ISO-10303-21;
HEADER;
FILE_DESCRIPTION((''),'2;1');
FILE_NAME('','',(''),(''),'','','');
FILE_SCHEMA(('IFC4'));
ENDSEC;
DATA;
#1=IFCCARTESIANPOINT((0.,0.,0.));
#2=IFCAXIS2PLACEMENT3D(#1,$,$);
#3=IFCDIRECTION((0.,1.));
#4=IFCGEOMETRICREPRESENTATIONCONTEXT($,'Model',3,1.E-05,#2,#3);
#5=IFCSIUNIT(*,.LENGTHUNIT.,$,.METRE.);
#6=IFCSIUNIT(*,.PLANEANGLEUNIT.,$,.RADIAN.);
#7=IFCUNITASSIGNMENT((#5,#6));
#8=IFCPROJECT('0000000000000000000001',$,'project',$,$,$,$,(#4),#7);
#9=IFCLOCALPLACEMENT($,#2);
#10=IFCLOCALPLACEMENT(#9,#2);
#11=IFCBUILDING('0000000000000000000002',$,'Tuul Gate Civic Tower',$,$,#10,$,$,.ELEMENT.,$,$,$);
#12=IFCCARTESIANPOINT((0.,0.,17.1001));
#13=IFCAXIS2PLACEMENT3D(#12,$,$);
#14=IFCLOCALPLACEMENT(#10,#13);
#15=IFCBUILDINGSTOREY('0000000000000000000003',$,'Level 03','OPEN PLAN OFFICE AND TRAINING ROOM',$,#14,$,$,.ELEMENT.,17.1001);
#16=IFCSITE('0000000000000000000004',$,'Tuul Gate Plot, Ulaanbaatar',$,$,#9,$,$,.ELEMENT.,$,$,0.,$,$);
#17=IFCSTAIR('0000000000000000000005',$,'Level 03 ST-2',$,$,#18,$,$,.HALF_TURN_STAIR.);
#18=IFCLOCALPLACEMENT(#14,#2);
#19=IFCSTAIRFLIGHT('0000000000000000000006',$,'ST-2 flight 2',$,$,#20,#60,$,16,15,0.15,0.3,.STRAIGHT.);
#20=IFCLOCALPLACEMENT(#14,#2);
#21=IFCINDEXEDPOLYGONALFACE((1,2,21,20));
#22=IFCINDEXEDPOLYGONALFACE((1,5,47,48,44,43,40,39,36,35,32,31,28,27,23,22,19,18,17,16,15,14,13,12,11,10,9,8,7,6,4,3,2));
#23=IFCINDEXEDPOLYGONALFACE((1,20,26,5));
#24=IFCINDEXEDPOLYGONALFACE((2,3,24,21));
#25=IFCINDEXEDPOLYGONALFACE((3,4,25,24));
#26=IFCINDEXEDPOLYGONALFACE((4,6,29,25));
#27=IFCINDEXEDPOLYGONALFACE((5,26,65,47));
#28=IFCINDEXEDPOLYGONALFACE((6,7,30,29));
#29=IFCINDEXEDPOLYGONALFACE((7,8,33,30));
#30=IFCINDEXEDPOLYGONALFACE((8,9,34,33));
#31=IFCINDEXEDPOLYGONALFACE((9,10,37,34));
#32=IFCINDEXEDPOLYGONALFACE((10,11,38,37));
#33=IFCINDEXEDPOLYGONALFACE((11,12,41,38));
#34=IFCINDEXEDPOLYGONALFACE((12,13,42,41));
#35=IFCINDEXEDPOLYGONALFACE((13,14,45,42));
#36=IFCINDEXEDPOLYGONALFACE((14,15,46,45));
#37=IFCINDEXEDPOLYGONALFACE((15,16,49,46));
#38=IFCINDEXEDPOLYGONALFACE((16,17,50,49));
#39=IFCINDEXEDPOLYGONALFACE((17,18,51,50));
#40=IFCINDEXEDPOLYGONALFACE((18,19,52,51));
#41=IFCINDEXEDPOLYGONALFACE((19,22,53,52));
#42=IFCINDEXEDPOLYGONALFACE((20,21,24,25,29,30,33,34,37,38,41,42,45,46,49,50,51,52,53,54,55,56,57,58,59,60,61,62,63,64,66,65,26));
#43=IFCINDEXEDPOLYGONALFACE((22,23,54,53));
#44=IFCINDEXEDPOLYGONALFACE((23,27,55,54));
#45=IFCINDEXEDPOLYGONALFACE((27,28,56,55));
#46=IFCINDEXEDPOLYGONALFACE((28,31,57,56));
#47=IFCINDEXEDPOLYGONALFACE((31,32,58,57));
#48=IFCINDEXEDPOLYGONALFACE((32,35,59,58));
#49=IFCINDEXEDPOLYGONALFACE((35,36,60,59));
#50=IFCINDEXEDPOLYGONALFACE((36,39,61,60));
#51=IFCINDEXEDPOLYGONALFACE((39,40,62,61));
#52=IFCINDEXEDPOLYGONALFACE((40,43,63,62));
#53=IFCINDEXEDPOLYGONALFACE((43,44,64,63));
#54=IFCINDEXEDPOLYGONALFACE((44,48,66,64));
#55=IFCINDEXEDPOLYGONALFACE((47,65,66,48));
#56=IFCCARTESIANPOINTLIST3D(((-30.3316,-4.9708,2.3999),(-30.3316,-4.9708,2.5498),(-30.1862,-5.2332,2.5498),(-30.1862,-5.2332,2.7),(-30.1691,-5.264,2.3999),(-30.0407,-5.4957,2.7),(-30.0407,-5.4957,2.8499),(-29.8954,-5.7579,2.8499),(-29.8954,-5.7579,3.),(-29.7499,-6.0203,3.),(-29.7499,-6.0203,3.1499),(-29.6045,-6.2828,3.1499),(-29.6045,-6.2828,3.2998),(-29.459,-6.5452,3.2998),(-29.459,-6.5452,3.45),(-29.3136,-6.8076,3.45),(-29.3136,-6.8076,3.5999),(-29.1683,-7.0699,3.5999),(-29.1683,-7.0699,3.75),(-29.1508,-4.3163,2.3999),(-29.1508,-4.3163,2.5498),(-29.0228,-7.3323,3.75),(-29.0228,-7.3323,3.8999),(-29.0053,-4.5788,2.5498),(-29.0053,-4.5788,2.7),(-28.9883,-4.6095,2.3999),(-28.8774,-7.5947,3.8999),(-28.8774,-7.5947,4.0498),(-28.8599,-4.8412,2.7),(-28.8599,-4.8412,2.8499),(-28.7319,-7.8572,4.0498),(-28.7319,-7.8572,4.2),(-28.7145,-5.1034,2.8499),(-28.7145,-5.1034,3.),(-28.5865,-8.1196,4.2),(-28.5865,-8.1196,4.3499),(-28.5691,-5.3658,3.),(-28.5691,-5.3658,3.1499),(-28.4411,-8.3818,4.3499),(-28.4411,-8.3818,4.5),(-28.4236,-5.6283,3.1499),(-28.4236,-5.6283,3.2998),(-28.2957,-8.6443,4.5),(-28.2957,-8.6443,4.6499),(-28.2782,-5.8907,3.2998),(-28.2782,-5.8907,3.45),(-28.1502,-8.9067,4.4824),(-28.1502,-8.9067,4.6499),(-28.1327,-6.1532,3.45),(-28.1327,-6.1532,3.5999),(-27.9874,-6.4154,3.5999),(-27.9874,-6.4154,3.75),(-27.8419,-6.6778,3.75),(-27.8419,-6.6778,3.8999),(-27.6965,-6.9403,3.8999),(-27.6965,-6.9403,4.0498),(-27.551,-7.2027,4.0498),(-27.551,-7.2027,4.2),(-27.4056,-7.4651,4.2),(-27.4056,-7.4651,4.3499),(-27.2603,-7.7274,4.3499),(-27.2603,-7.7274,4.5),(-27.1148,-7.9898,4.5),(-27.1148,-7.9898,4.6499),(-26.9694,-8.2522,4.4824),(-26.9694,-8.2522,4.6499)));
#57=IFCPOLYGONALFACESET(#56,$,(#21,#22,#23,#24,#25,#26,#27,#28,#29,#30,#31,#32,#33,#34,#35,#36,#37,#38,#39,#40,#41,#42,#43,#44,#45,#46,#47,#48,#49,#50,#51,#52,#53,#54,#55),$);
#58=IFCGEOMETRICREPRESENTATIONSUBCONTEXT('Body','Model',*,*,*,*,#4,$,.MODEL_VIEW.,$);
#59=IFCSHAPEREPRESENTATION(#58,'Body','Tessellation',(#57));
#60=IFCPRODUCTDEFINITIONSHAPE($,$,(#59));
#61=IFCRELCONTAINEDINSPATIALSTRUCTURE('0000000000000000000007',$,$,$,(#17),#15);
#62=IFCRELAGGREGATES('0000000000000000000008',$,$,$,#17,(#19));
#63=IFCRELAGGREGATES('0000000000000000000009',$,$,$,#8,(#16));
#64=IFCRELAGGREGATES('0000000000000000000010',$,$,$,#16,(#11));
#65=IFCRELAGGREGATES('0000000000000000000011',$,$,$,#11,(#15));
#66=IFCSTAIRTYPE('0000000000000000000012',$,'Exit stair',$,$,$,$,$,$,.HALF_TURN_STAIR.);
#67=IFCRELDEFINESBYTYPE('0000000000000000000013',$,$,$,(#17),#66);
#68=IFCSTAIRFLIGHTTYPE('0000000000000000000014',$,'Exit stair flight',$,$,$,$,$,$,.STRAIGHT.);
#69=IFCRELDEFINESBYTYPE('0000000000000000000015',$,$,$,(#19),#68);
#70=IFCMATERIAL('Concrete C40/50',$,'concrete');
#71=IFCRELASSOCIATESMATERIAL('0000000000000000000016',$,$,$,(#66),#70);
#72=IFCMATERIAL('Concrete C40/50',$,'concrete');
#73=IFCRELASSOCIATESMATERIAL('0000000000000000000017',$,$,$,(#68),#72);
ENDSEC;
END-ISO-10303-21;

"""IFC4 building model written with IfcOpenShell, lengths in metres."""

from ifc_helpers import new_model, si_unit, direction, frame, origin, place, context, subcontext, project, spatial, polyline, outline, extrude, material, type_object, element, aggregate, save


model = new_model("IFC4")

# Units and contexts
model_context = context("Model", 3, precision=1e-05, world=origin(), true_north=direction((0.0, 1.0)))
body_context = subcontext(model_context, "Body", "Model", "MODEL_VIEW")
ifc_project = project(units=[si_unit("LENGTHUNIT", "METRE"), si_unit("PLANEANGLEUNIT", "RADIAN")], contexts=[model_context])

# Site, building, storey
site_placement = place(None, origin())
site = spatial("IfcSite", under=ifc_project, at=site_placement, Name="Tuul Gate Plot, Ulaanbaatar", CompositionType="ELEMENT", RefElevation=0.0)
building_placement = place(site_placement, origin())
building = spatial("IfcBuilding", under=site, at=building_placement, Name="Tuul Gate Civic Tower", CompositionType="ELEMENT")
storey_placement = place(building_placement, frame((0.0, 0.0, 17.1001)))
storey = spatial("IfcBuildingStorey", under=building, at=storey_placement, Name="Level 03", Description="OPEN PLAN OFFICE AND TRAINING ROOM", CompositionType="ELEMENT", Elevation=17.1001)

# Shared definitions
ifc_material_1 = material(Name="Concrete C40/50", Category="concrete")
stair_type = type_object("IfcStairType", Name="Exit stair", PredefinedType="HALF_TURN_STAIR", material=ifc_material_1)
ifc_material_2 = material(Name="Concrete C40/50", Category="concrete")
stair_flight_type = type_object("IfcStairFlightType", Name="Exit stair flight", PredefinedType="STRAIGHT", material=ifc_material_2)

# Stair, stair flight
stair_1_placement = place(storey_placement, origin())
stair_1 = element("IfcStair", 1, at=stair_1_placement, inside=storey, type_object=stair_type, Name="Level 03 ST-2", PredefinedType="HALF_TURN_STAIR")
stair_flight_1_placement = place(storey_placement, frame((-29.7412, -4.6436, 2.3999), z_axis=(0.0, 0.0, 1.0), x_axis=(0.484762, -0.874646, 0.0)))
stair_flight_1 = element("IfcStairFlight", 2, at=stair_flight_1_placement, type_object=stair_flight_type, Name="ST-2 flight 2", NumberOfRisers=16, NumberOfTreads=15, PredefinedType="STRAIGHT", RiserHeight=0.15, TreadLength=0.3, context=body_context, shape_type="SweptSolid", body=[
    extrude(outline(polyline([(0.0, 0.0), (0.0, 0.1499), (0.3, 0.1499), (0.3, 0.3), (0.6001, 0.3), (0.6001, 0.45), (0.8999, 0.45), (0.8999, 0.6001), (1.2, 0.6001), (1.2, 0.75), (1.5, 0.75), (1.5, 0.8999), (1.8, 0.8999), (1.8, 1.05), (2.1001, 1.05), (2.1001, 1.2), (2.3999, 1.2), (2.3999, 1.3501), (2.7, 1.3501), (2.7, 1.5), (3.0, 1.5), (3.0, 1.6499), (3.3, 1.6499), (3.3, 1.8), (3.6001, 1.8), (3.6001, 1.95), (3.8999, 1.95), (3.8999, 2.1001), (4.2, 2.1001), (4.2, 2.25), (4.5, 2.25), (4.5, 2.3999), (4.5, 2.0825), (0.3352, 0.0), (0.0, 0.0)])), frame((0.0, 0.675, 0.0), z_axis=(0.0, -1.0, 0.0), x_axis=(1.0, 0.0, 0.0)), (0.0, 0.0, 1.0), 1.3501),
])
aggregate(stair_1, [stair_flight_1])

save(model, "model.ifc")
